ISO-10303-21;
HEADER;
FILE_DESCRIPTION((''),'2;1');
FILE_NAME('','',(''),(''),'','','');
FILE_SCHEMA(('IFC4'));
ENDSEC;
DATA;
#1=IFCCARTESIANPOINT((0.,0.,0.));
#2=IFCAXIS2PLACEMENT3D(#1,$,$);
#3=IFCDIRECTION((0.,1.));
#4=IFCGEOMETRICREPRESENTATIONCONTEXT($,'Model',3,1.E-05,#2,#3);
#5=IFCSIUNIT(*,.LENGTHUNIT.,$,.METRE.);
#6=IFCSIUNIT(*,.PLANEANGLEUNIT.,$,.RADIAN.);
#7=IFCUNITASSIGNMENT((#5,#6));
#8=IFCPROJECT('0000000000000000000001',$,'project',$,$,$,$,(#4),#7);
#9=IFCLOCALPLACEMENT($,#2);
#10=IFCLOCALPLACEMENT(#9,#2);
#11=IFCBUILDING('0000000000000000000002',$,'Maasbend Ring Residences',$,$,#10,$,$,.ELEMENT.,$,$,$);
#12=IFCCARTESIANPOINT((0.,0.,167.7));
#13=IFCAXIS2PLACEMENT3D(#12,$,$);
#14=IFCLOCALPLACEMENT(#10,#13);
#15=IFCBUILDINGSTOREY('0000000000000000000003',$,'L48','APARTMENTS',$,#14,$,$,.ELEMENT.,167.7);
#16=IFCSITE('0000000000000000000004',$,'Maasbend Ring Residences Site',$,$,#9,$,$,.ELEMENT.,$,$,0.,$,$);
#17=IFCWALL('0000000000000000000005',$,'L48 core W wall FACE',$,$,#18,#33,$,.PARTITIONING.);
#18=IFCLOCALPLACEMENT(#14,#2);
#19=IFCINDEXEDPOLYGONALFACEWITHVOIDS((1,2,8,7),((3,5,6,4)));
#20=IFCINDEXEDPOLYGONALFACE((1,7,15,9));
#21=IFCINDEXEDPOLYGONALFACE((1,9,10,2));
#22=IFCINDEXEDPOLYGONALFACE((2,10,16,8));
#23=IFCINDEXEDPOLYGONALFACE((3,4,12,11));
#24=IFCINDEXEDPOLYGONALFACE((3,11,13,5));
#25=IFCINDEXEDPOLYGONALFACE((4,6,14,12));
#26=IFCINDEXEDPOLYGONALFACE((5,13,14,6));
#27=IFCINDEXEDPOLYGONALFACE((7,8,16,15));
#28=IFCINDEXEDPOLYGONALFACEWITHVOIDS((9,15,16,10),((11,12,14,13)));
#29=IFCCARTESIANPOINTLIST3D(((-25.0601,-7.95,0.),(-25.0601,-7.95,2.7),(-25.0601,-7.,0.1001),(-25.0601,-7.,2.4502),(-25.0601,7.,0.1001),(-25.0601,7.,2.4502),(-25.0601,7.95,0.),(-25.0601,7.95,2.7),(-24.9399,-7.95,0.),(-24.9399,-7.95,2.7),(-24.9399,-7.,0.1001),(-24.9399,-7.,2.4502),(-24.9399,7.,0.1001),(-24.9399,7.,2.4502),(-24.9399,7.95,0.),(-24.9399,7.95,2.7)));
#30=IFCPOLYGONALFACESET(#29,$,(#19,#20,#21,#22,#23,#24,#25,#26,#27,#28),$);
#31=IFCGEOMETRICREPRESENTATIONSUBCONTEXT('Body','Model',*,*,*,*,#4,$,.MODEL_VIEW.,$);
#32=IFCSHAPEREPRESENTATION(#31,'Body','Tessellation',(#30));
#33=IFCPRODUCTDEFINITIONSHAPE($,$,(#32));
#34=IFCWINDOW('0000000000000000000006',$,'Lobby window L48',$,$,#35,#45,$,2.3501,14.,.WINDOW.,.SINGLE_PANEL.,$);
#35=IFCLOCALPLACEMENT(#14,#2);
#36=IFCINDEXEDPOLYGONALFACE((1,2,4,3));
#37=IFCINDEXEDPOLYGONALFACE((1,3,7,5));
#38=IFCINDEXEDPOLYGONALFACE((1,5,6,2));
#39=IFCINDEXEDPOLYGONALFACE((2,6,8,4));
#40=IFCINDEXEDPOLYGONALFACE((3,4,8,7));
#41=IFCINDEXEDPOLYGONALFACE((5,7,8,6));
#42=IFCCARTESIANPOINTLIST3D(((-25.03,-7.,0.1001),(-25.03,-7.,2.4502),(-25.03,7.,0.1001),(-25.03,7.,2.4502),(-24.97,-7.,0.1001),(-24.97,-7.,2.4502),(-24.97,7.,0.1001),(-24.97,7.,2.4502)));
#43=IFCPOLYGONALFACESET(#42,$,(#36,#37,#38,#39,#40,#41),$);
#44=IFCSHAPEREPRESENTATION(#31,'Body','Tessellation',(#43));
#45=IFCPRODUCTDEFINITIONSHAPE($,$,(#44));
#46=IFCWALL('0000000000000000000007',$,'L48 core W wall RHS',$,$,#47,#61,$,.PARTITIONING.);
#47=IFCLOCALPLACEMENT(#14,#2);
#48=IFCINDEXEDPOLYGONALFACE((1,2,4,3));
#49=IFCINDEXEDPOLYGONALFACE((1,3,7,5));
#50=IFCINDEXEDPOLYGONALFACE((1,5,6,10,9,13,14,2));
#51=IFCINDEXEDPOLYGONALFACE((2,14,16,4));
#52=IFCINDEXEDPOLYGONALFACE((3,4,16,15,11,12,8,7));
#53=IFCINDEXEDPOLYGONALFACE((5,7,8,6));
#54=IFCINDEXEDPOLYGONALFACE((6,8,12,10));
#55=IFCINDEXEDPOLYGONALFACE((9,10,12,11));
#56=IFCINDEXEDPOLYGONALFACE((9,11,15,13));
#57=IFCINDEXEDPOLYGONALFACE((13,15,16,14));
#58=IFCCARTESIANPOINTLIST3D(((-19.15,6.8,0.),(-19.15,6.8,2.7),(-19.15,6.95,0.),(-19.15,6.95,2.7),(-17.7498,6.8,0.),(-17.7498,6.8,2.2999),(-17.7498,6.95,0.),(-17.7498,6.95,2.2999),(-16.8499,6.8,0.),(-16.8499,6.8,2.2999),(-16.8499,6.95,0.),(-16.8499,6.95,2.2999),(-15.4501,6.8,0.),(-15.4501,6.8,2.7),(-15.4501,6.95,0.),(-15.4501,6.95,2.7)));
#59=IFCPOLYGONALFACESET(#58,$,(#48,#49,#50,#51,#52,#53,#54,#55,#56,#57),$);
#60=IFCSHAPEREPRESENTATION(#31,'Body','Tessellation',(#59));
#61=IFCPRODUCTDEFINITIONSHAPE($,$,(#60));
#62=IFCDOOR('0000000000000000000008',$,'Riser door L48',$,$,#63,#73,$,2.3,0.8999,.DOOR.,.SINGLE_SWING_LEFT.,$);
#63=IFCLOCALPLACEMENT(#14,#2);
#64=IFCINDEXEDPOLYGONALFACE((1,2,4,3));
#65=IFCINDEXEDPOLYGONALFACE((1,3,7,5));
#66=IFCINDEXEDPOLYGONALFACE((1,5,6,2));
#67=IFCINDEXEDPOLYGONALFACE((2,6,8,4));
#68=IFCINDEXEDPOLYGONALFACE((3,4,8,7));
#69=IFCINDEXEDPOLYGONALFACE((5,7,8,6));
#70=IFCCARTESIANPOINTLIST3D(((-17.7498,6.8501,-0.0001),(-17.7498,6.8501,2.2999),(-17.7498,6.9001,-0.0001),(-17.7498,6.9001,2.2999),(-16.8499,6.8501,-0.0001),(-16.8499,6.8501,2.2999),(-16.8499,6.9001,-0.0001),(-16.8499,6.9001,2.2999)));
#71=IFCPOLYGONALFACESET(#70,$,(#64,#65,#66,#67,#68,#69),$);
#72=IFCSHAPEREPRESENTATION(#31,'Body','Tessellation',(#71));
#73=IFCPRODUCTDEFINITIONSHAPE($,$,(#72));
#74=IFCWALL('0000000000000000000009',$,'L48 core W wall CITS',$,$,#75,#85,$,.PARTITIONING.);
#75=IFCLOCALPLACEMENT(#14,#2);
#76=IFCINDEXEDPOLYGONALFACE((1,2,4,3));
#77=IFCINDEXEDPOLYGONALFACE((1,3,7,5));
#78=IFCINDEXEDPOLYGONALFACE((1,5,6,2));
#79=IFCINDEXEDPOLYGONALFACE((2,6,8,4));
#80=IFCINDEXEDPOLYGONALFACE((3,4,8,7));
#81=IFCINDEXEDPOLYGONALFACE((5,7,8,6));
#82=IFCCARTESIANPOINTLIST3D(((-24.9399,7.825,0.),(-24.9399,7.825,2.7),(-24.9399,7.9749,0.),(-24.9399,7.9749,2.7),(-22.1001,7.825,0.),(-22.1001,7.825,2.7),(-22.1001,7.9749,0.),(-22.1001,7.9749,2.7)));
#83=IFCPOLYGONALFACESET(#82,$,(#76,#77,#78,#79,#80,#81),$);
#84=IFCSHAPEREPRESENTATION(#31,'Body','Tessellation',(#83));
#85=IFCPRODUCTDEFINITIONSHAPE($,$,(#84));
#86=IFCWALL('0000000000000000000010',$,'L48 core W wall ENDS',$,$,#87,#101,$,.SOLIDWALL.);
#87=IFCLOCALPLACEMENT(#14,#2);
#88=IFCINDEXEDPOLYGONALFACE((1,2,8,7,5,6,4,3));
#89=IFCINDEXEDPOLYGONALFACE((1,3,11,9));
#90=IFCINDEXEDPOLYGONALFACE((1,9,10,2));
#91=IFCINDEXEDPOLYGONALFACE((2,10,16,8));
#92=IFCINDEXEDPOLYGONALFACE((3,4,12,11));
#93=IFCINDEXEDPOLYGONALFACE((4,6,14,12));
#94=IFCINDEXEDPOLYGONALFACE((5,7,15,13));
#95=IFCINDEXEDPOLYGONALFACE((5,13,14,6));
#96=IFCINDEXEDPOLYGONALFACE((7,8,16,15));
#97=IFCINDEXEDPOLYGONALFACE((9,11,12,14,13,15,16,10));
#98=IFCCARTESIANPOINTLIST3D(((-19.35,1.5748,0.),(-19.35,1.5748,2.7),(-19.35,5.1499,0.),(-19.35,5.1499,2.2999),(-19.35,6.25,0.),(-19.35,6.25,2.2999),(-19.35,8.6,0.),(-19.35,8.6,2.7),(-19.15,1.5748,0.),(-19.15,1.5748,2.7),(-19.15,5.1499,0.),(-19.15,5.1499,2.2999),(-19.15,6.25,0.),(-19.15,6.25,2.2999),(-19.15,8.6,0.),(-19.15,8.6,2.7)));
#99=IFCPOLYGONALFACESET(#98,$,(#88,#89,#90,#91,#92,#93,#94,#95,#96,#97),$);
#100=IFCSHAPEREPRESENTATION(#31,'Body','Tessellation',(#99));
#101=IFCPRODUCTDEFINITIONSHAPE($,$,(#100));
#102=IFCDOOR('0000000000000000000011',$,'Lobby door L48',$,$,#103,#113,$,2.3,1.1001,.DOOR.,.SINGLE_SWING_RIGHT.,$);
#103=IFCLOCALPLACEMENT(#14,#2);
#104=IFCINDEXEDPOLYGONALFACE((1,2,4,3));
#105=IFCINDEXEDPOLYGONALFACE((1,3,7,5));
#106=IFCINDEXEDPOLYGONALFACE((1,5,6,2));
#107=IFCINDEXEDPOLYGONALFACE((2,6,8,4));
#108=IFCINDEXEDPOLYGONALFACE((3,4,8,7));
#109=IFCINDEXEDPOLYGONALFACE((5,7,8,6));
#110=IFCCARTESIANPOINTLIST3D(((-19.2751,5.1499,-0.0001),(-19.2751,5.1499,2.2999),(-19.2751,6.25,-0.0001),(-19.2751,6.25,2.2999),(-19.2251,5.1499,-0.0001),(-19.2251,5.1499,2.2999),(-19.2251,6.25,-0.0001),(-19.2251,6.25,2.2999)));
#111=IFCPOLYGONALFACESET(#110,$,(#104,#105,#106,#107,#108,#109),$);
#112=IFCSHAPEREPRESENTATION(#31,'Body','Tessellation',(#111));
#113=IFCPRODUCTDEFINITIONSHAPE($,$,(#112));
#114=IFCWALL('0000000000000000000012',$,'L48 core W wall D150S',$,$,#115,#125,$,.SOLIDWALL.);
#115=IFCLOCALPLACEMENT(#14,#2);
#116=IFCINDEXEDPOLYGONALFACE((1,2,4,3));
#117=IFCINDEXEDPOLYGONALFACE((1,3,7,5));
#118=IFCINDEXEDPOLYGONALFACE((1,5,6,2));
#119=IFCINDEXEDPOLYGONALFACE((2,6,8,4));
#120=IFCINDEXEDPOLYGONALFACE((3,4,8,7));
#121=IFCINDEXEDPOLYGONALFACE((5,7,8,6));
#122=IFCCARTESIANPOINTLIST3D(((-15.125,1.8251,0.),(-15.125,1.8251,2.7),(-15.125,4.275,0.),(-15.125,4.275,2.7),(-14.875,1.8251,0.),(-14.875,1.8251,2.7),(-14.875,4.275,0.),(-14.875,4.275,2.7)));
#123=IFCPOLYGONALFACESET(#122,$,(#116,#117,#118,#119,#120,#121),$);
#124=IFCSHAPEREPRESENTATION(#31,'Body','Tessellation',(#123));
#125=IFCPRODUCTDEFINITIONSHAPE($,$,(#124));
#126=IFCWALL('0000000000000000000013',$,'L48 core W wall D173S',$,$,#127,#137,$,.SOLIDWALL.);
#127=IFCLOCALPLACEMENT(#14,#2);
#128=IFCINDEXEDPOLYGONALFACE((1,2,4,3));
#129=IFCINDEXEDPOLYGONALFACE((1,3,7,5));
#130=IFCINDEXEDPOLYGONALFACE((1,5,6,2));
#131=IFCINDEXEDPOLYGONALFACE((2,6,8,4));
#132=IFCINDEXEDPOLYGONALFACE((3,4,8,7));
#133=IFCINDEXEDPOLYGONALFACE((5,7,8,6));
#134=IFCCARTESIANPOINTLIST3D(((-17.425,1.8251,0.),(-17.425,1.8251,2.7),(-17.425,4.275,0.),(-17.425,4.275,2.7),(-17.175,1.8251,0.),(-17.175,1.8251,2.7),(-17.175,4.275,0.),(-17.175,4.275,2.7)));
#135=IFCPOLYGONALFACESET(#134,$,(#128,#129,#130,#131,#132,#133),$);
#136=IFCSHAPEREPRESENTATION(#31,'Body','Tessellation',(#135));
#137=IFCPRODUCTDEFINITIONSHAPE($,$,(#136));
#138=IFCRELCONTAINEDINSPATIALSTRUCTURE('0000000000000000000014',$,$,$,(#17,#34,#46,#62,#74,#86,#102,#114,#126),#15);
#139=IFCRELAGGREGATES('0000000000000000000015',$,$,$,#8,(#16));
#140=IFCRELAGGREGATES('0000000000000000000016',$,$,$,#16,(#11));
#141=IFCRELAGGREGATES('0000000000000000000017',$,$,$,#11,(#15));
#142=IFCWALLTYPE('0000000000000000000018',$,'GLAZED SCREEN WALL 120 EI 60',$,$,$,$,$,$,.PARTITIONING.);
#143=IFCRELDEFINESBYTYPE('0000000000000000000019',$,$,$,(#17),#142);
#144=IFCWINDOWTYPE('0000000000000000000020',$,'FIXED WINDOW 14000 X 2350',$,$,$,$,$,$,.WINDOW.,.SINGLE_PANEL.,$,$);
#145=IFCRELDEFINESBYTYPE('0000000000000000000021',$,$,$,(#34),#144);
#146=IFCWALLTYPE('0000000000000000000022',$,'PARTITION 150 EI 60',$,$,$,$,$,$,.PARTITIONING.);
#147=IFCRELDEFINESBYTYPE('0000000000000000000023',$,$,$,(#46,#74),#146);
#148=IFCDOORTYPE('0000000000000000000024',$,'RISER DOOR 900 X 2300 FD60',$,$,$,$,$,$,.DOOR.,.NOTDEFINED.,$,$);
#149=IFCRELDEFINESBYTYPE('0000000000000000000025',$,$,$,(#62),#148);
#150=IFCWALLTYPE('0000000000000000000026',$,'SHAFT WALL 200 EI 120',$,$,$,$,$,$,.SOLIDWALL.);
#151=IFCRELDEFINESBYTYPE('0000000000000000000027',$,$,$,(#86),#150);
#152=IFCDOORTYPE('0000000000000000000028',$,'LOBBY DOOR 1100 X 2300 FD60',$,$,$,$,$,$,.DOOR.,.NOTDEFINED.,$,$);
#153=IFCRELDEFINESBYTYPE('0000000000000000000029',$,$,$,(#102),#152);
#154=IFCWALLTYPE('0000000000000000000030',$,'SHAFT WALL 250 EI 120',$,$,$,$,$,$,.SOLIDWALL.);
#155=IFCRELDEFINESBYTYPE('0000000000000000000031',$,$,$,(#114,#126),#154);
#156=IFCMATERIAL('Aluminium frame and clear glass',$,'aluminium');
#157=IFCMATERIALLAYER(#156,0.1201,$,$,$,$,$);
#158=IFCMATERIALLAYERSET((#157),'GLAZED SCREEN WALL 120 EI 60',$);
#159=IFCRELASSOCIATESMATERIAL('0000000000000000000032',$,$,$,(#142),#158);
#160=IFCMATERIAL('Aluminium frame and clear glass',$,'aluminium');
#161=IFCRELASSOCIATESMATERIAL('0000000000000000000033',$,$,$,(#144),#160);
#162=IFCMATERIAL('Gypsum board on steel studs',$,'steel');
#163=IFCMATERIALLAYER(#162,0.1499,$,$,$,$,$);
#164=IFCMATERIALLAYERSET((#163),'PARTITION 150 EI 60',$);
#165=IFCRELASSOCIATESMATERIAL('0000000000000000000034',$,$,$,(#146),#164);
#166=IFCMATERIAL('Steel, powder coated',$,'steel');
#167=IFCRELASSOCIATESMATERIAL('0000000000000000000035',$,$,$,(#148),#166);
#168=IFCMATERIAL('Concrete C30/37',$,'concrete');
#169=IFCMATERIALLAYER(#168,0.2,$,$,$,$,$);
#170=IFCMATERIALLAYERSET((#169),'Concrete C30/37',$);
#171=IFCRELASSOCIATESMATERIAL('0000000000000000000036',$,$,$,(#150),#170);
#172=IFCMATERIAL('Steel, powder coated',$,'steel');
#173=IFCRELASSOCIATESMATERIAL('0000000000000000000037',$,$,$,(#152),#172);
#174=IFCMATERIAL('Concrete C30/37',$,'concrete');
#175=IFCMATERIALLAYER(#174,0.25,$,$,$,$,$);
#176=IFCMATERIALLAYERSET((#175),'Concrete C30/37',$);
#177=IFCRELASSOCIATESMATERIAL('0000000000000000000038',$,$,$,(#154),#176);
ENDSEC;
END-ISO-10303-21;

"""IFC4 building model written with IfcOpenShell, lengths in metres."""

from ifc_helpers import new_model, si_unit, direction, frame, frame_2d, origin, place, context, subcontext, project, spatial, rectangle, extrude, material, layer, layer_set, type_object, element, fill, save


model = new_model("IFC4")

# Units and contexts
model_context = context("Model", 3, precision=1e-05, world=origin(), true_north=direction((0.0, 1.0)))
body_context = subcontext(model_context, "Body", "Model", "MODEL_VIEW")
ifc_project = project(units=[si_unit("LENGTHUNIT", "METRE"), si_unit("PLANEANGLEUNIT", "RADIAN")], contexts=[model_context])

# Site, building, storey
site_placement = place(None, origin())
site = spatial("IfcSite", under=ifc_project, at=site_placement, Name="Maasbend Ring Residences Site", CompositionType="ELEMENT", RefElevation=0.0)
building_placement = place(site_placement, origin())
building = spatial("IfcBuilding", under=site, at=building_placement, Name="Maasbend Ring Residences", CompositionType="ELEMENT")
storey_placement = place(building_placement, frame((0.0, 0.0, 167.7)))
storey = spatial("IfcBuildingStorey", under=building, at=storey_placement, Name="L48", Description="APARTMENTS", CompositionType="ELEMENT", Elevation=167.7)

# Wall, opening, window
ifc_material_1 = material(Name="Aluminium frame and clear glass", Category="aluminium")
ifc_layer_1 = layer(ifc_material_1, 0.1201)
ifc_layer_set_1 = layer_set([ifc_layer_1], Name="GLAZED SCREEN WALL 120 EI 60")
wall_type_1 = type_object("IfcWallType", Name="GLAZED SCREEN WALL 120 EI 60", PredefinedType="PARTITIONING", material=ifc_layer_set_1)
wall_1_placement = place(storey_placement, frame((-25.0, 7.95, 0.0), z_axis=(0.0, 0.0, 1.0), x_axis=(0.0, -1.0, 0.0)))
wall_1 = element("IfcWall", 1, at=wall_1_placement, inside=storey, type_object=wall_type_1, Name="L48 core W wall FACE", PredefinedType="PARTITIONING", context=body_context, shape_type="SweptSolid", body=[
    extrude(rectangle(XDim=15.8999, YDim=0.1201, at=frame_2d((7.95, 0.0))), origin(), (0.0, 0.0, 1.0), 2.7),
])
opening_1_placement = place(wall_1_placement, frame((0.95, 0.0, 0.1001)))
opening_1 = element("IfcOpeningElement", 2, at=opening_1_placement, cuts=wall_1, PredefinedType="OPENING", context=body_context, shape_type="SweptSolid", body=[
    extrude(rectangle(XDim=14.0, YDim=2.3501, at=frame_2d((7.0, 1.175))), frame((0.0, 0.0701, 0.0), z_axis=(0.0, -1.0, 0.0), x_axis=(1.0, 0.0, 0.0)), (0.0, 0.0, 1.0), 0.1401),
])
ifc_material_2 = material(Name="Aluminium frame and clear glass", Category="aluminium")
window_type = type_object("IfcWindowType", Name="FIXED WINDOW 14000 X 2350", PartitioningType="SINGLE_PANEL", PredefinedType="WINDOW", material=ifc_material_2)
window_placement = place(opening_1_placement, origin())
window = element("IfcWindow", 3, at=window_placement, inside=storey, type_object=window_type, Name="Lobby window L48", OverallHeight=2.3501, OverallWidth=14.0, PartitioningType="SINGLE_PANEL", PredefinedType="WINDOW", context=body_context, shape_type="SweptSolid", body=[
    extrude(rectangle(XDim=14.0, YDim=2.3501, at=frame_2d((7.0, 1.175))), frame((0.0, 0.03, 0.0), z_axis=(0.0, -1.0, 0.0), x_axis=(1.0, 0.0, 0.0)), (0.0, 0.0, 1.0), 0.0601),
])
fill(opening_1, window)

# Wall, opening, door
ifc_material_3 = material(Name="Gypsum board on steel studs", Category="steel")
ifc_layer_2 = layer(ifc_material_3, 0.1499)
ifc_layer_set_2 = layer_set([ifc_layer_2], Name="PARTITION 150 EI 60")
wall_type_2 = type_object("IfcWallType", Name="PARTITION 150 EI 60", PredefinedType="PARTITIONING", material=ifc_layer_set_2)
wall_2_placement = place(storey_placement, frame((-15.45, 6.875, 0.0), z_axis=(0.0, 0.0, 1.0), x_axis=(-1.0, 0.0, 0.0)))
wall_2 = element("IfcWall", 4, at=wall_2_placement, inside=storey, type_object=wall_type_2, Name="L48 core W wall RHS", PredefinedType="PARTITIONING", context=body_context, shape_type="SweptSolid", body=[
    extrude(rectangle(XDim=3.7, YDim=0.1499, at=frame_2d((1.8501, 0.0))), origin(), (0.0, 0.0, 1.0), 2.7),
])
opening_2_placement = place(wall_2_placement, frame((1.3999, 0.0, 0.0)))
opening_2 = element("IfcOpeningElement", 5, at=opening_2_placement, cuts=wall_2, PredefinedType="OPENING", context=body_context, shape_type="SweptSolid", body=[
    extrude(rectangle(XDim=0.8999, YDim=2.3, at=frame_2d((0.45, 1.1499))), frame((0.0, 0.085, 0.0), z_axis=(0.0, -1.0, 0.0), x_axis=(1.0, 0.0, 0.0)), (0.0, 0.0, 1.0), 0.1699),
])
ifc_material_4 = material(Name="Steel, powder coated", Category="steel")
door_type_1 = type_object("IfcDoorType", Name="RISER DOOR 900 X 2300 FD60", OperationType="NOTDEFINED", PredefinedType="DOOR", material=ifc_material_4)
door_1_placement = place(opening_2_placement, origin())
door_1 = element("IfcDoor", 6, at=door_1_placement, inside=storey, type_object=door_type_1, Name="Riser door L48", OperationType="SINGLE_SWING_LEFT", OverallHeight=2.3, OverallWidth=0.8999, PredefinedType="DOOR", context=body_context, shape_type="SweptSolid", body=[
    extrude(rectangle(XDim=0.8999, YDim=2.3, at=frame_2d((0.45, 1.1499))), frame((0.0, 0.0249, 0.0), z_axis=(0.0, -1.0, 0.0), x_axis=(1.0, 0.0, 0.0)), (0.0, 0.0, 1.0), 0.05),
])
fill(opening_2, door_1)

# Wall
wall_3_placement = place(storey_placement, frame((-22.1001, 7.8999, 0.0), z_axis=(0.0, 0.0, 1.0), x_axis=(-1.0, 0.0, 0.0)))
element("IfcWall", 7, at=wall_3_placement, inside=storey, type_object=wall_type_2, Name="L48 core W wall CITS", PredefinedType="PARTITIONING", context=body_context, shape_type="SweptSolid", body=[
    extrude(rectangle(XDim=2.8398, YDim=0.1499, at=frame_2d((1.4199, 0.0))), origin(), (0.0, 0.0, 1.0), 2.7),
])

# Wall, opening, door
ifc_material_5 = material(Name="Concrete C30/37", Category="concrete")
ifc_layer_3 = layer(ifc_material_5, 0.2)
ifc_layer_set_3 = layer_set([ifc_layer_3], Name="Concrete C30/37")
wall_type_3 = type_object("IfcWallType", Name="SHAFT WALL 200 EI 120", PredefinedType="SOLIDWALL", material=ifc_layer_set_3)
wall_4_placement = place(storey_placement, frame((-19.25, 8.6001, 0.0), z_axis=(0.0, 0.0, 1.0), x_axis=(0.0, -1.0, 0.0)))
wall_4 = element("IfcWall", 8, at=wall_4_placement, inside=storey, type_object=wall_type_3, Name="L48 core W wall ENDS", PredefinedType="SOLIDWALL", context=body_context, shape_type="SweptSolid", body=[
    extrude(rectangle(XDim=7.0251, YDim=0.2, at=frame_2d((3.5127, 0.0))), origin(), (0.0, 0.0, 1.0), 2.7),
])
opening_3_placement = place(wall_4_placement, frame((2.3501, 0.0, 0.0)))
opening_3 = element("IfcOpeningElement", 9, at=opening_3_placement, cuts=wall_4, PredefinedType="OPENING", context=body_context, shape_type="SweptSolid", body=[
    extrude(rectangle(XDim=1.1001, YDim=2.3, at=frame_2d((0.55, 1.1499))), frame((0.0, 0.1099, 0.0), z_axis=(0.0, -1.0, 0.0), x_axis=(1.0, 0.0, 0.0)), (0.0, 0.0, 1.0), 0.22),
])
ifc_material_6 = material(Name="Steel, powder coated", Category="steel")
door_type_2 = type_object("IfcDoorType", Name="LOBBY DOOR 1100 X 2300 FD60", OperationType="NOTDEFINED", PredefinedType="DOOR", material=ifc_material_6)
door_2_placement = place(opening_3_placement, origin())
door_2 = element("IfcDoor", 10, at=door_2_placement, inside=storey, type_object=door_type_2, Name="Lobby door L48", OperationType="SINGLE_SWING_RIGHT", OverallHeight=2.3, OverallWidth=1.1001, PredefinedType="DOOR", context=body_context, shape_type="SweptSolid", body=[
    extrude(rectangle(XDim=1.1001, YDim=2.3, at=frame_2d((0.55, 1.1499))), frame((0.0, 0.0249, 0.0), z_axis=(0.0, -1.0, 0.0), x_axis=(1.0, 0.0, 0.0)), (0.0, 0.0, 1.0), 0.05),
])
fill(opening_3, door_2)

# Walls
ifc_material_7 = material(Name="Concrete C30/37", Category="concrete")
ifc_layer_4 = layer(ifc_material_7, 0.25)
ifc_layer_set_4 = layer_set([ifc_layer_4], Name="Concrete C30/37")
wall_type_4 = type_object("IfcWallType", Name="SHAFT WALL 250 EI 120", PredefinedType="SOLIDWALL", material=ifc_layer_set_4)
for number, where, z_axis, x_axis, name in (
    (11, (-15.0, 1.825, 0.0), (0.0, 0.0, 1.0), (0.0, 1.0, 0.0), "L48 core W wall D150S"),
    (12, (-17.3, 1.825, 0.0), (0.0, 0.0, 1.0), (0.0, 1.0, 0.0), "L48 core W wall D173S"),
):
    element("IfcWall", number, at=place(storey_placement, frame(where, z_axis=z_axis, x_axis=x_axis)), inside=storey, type_object=wall_type_4, Name=name, PredefinedType="SOLIDWALL", context=body_context, shape_type="SweptSolid", body=[
        extrude(rectangle(XDim=2.45, YDim=0.25, at=frame_2d((1.2251, 0.0))), origin(), (0.0, 0.0, 1.0), 2.7),
    ])

save(model, "model.ifc")
